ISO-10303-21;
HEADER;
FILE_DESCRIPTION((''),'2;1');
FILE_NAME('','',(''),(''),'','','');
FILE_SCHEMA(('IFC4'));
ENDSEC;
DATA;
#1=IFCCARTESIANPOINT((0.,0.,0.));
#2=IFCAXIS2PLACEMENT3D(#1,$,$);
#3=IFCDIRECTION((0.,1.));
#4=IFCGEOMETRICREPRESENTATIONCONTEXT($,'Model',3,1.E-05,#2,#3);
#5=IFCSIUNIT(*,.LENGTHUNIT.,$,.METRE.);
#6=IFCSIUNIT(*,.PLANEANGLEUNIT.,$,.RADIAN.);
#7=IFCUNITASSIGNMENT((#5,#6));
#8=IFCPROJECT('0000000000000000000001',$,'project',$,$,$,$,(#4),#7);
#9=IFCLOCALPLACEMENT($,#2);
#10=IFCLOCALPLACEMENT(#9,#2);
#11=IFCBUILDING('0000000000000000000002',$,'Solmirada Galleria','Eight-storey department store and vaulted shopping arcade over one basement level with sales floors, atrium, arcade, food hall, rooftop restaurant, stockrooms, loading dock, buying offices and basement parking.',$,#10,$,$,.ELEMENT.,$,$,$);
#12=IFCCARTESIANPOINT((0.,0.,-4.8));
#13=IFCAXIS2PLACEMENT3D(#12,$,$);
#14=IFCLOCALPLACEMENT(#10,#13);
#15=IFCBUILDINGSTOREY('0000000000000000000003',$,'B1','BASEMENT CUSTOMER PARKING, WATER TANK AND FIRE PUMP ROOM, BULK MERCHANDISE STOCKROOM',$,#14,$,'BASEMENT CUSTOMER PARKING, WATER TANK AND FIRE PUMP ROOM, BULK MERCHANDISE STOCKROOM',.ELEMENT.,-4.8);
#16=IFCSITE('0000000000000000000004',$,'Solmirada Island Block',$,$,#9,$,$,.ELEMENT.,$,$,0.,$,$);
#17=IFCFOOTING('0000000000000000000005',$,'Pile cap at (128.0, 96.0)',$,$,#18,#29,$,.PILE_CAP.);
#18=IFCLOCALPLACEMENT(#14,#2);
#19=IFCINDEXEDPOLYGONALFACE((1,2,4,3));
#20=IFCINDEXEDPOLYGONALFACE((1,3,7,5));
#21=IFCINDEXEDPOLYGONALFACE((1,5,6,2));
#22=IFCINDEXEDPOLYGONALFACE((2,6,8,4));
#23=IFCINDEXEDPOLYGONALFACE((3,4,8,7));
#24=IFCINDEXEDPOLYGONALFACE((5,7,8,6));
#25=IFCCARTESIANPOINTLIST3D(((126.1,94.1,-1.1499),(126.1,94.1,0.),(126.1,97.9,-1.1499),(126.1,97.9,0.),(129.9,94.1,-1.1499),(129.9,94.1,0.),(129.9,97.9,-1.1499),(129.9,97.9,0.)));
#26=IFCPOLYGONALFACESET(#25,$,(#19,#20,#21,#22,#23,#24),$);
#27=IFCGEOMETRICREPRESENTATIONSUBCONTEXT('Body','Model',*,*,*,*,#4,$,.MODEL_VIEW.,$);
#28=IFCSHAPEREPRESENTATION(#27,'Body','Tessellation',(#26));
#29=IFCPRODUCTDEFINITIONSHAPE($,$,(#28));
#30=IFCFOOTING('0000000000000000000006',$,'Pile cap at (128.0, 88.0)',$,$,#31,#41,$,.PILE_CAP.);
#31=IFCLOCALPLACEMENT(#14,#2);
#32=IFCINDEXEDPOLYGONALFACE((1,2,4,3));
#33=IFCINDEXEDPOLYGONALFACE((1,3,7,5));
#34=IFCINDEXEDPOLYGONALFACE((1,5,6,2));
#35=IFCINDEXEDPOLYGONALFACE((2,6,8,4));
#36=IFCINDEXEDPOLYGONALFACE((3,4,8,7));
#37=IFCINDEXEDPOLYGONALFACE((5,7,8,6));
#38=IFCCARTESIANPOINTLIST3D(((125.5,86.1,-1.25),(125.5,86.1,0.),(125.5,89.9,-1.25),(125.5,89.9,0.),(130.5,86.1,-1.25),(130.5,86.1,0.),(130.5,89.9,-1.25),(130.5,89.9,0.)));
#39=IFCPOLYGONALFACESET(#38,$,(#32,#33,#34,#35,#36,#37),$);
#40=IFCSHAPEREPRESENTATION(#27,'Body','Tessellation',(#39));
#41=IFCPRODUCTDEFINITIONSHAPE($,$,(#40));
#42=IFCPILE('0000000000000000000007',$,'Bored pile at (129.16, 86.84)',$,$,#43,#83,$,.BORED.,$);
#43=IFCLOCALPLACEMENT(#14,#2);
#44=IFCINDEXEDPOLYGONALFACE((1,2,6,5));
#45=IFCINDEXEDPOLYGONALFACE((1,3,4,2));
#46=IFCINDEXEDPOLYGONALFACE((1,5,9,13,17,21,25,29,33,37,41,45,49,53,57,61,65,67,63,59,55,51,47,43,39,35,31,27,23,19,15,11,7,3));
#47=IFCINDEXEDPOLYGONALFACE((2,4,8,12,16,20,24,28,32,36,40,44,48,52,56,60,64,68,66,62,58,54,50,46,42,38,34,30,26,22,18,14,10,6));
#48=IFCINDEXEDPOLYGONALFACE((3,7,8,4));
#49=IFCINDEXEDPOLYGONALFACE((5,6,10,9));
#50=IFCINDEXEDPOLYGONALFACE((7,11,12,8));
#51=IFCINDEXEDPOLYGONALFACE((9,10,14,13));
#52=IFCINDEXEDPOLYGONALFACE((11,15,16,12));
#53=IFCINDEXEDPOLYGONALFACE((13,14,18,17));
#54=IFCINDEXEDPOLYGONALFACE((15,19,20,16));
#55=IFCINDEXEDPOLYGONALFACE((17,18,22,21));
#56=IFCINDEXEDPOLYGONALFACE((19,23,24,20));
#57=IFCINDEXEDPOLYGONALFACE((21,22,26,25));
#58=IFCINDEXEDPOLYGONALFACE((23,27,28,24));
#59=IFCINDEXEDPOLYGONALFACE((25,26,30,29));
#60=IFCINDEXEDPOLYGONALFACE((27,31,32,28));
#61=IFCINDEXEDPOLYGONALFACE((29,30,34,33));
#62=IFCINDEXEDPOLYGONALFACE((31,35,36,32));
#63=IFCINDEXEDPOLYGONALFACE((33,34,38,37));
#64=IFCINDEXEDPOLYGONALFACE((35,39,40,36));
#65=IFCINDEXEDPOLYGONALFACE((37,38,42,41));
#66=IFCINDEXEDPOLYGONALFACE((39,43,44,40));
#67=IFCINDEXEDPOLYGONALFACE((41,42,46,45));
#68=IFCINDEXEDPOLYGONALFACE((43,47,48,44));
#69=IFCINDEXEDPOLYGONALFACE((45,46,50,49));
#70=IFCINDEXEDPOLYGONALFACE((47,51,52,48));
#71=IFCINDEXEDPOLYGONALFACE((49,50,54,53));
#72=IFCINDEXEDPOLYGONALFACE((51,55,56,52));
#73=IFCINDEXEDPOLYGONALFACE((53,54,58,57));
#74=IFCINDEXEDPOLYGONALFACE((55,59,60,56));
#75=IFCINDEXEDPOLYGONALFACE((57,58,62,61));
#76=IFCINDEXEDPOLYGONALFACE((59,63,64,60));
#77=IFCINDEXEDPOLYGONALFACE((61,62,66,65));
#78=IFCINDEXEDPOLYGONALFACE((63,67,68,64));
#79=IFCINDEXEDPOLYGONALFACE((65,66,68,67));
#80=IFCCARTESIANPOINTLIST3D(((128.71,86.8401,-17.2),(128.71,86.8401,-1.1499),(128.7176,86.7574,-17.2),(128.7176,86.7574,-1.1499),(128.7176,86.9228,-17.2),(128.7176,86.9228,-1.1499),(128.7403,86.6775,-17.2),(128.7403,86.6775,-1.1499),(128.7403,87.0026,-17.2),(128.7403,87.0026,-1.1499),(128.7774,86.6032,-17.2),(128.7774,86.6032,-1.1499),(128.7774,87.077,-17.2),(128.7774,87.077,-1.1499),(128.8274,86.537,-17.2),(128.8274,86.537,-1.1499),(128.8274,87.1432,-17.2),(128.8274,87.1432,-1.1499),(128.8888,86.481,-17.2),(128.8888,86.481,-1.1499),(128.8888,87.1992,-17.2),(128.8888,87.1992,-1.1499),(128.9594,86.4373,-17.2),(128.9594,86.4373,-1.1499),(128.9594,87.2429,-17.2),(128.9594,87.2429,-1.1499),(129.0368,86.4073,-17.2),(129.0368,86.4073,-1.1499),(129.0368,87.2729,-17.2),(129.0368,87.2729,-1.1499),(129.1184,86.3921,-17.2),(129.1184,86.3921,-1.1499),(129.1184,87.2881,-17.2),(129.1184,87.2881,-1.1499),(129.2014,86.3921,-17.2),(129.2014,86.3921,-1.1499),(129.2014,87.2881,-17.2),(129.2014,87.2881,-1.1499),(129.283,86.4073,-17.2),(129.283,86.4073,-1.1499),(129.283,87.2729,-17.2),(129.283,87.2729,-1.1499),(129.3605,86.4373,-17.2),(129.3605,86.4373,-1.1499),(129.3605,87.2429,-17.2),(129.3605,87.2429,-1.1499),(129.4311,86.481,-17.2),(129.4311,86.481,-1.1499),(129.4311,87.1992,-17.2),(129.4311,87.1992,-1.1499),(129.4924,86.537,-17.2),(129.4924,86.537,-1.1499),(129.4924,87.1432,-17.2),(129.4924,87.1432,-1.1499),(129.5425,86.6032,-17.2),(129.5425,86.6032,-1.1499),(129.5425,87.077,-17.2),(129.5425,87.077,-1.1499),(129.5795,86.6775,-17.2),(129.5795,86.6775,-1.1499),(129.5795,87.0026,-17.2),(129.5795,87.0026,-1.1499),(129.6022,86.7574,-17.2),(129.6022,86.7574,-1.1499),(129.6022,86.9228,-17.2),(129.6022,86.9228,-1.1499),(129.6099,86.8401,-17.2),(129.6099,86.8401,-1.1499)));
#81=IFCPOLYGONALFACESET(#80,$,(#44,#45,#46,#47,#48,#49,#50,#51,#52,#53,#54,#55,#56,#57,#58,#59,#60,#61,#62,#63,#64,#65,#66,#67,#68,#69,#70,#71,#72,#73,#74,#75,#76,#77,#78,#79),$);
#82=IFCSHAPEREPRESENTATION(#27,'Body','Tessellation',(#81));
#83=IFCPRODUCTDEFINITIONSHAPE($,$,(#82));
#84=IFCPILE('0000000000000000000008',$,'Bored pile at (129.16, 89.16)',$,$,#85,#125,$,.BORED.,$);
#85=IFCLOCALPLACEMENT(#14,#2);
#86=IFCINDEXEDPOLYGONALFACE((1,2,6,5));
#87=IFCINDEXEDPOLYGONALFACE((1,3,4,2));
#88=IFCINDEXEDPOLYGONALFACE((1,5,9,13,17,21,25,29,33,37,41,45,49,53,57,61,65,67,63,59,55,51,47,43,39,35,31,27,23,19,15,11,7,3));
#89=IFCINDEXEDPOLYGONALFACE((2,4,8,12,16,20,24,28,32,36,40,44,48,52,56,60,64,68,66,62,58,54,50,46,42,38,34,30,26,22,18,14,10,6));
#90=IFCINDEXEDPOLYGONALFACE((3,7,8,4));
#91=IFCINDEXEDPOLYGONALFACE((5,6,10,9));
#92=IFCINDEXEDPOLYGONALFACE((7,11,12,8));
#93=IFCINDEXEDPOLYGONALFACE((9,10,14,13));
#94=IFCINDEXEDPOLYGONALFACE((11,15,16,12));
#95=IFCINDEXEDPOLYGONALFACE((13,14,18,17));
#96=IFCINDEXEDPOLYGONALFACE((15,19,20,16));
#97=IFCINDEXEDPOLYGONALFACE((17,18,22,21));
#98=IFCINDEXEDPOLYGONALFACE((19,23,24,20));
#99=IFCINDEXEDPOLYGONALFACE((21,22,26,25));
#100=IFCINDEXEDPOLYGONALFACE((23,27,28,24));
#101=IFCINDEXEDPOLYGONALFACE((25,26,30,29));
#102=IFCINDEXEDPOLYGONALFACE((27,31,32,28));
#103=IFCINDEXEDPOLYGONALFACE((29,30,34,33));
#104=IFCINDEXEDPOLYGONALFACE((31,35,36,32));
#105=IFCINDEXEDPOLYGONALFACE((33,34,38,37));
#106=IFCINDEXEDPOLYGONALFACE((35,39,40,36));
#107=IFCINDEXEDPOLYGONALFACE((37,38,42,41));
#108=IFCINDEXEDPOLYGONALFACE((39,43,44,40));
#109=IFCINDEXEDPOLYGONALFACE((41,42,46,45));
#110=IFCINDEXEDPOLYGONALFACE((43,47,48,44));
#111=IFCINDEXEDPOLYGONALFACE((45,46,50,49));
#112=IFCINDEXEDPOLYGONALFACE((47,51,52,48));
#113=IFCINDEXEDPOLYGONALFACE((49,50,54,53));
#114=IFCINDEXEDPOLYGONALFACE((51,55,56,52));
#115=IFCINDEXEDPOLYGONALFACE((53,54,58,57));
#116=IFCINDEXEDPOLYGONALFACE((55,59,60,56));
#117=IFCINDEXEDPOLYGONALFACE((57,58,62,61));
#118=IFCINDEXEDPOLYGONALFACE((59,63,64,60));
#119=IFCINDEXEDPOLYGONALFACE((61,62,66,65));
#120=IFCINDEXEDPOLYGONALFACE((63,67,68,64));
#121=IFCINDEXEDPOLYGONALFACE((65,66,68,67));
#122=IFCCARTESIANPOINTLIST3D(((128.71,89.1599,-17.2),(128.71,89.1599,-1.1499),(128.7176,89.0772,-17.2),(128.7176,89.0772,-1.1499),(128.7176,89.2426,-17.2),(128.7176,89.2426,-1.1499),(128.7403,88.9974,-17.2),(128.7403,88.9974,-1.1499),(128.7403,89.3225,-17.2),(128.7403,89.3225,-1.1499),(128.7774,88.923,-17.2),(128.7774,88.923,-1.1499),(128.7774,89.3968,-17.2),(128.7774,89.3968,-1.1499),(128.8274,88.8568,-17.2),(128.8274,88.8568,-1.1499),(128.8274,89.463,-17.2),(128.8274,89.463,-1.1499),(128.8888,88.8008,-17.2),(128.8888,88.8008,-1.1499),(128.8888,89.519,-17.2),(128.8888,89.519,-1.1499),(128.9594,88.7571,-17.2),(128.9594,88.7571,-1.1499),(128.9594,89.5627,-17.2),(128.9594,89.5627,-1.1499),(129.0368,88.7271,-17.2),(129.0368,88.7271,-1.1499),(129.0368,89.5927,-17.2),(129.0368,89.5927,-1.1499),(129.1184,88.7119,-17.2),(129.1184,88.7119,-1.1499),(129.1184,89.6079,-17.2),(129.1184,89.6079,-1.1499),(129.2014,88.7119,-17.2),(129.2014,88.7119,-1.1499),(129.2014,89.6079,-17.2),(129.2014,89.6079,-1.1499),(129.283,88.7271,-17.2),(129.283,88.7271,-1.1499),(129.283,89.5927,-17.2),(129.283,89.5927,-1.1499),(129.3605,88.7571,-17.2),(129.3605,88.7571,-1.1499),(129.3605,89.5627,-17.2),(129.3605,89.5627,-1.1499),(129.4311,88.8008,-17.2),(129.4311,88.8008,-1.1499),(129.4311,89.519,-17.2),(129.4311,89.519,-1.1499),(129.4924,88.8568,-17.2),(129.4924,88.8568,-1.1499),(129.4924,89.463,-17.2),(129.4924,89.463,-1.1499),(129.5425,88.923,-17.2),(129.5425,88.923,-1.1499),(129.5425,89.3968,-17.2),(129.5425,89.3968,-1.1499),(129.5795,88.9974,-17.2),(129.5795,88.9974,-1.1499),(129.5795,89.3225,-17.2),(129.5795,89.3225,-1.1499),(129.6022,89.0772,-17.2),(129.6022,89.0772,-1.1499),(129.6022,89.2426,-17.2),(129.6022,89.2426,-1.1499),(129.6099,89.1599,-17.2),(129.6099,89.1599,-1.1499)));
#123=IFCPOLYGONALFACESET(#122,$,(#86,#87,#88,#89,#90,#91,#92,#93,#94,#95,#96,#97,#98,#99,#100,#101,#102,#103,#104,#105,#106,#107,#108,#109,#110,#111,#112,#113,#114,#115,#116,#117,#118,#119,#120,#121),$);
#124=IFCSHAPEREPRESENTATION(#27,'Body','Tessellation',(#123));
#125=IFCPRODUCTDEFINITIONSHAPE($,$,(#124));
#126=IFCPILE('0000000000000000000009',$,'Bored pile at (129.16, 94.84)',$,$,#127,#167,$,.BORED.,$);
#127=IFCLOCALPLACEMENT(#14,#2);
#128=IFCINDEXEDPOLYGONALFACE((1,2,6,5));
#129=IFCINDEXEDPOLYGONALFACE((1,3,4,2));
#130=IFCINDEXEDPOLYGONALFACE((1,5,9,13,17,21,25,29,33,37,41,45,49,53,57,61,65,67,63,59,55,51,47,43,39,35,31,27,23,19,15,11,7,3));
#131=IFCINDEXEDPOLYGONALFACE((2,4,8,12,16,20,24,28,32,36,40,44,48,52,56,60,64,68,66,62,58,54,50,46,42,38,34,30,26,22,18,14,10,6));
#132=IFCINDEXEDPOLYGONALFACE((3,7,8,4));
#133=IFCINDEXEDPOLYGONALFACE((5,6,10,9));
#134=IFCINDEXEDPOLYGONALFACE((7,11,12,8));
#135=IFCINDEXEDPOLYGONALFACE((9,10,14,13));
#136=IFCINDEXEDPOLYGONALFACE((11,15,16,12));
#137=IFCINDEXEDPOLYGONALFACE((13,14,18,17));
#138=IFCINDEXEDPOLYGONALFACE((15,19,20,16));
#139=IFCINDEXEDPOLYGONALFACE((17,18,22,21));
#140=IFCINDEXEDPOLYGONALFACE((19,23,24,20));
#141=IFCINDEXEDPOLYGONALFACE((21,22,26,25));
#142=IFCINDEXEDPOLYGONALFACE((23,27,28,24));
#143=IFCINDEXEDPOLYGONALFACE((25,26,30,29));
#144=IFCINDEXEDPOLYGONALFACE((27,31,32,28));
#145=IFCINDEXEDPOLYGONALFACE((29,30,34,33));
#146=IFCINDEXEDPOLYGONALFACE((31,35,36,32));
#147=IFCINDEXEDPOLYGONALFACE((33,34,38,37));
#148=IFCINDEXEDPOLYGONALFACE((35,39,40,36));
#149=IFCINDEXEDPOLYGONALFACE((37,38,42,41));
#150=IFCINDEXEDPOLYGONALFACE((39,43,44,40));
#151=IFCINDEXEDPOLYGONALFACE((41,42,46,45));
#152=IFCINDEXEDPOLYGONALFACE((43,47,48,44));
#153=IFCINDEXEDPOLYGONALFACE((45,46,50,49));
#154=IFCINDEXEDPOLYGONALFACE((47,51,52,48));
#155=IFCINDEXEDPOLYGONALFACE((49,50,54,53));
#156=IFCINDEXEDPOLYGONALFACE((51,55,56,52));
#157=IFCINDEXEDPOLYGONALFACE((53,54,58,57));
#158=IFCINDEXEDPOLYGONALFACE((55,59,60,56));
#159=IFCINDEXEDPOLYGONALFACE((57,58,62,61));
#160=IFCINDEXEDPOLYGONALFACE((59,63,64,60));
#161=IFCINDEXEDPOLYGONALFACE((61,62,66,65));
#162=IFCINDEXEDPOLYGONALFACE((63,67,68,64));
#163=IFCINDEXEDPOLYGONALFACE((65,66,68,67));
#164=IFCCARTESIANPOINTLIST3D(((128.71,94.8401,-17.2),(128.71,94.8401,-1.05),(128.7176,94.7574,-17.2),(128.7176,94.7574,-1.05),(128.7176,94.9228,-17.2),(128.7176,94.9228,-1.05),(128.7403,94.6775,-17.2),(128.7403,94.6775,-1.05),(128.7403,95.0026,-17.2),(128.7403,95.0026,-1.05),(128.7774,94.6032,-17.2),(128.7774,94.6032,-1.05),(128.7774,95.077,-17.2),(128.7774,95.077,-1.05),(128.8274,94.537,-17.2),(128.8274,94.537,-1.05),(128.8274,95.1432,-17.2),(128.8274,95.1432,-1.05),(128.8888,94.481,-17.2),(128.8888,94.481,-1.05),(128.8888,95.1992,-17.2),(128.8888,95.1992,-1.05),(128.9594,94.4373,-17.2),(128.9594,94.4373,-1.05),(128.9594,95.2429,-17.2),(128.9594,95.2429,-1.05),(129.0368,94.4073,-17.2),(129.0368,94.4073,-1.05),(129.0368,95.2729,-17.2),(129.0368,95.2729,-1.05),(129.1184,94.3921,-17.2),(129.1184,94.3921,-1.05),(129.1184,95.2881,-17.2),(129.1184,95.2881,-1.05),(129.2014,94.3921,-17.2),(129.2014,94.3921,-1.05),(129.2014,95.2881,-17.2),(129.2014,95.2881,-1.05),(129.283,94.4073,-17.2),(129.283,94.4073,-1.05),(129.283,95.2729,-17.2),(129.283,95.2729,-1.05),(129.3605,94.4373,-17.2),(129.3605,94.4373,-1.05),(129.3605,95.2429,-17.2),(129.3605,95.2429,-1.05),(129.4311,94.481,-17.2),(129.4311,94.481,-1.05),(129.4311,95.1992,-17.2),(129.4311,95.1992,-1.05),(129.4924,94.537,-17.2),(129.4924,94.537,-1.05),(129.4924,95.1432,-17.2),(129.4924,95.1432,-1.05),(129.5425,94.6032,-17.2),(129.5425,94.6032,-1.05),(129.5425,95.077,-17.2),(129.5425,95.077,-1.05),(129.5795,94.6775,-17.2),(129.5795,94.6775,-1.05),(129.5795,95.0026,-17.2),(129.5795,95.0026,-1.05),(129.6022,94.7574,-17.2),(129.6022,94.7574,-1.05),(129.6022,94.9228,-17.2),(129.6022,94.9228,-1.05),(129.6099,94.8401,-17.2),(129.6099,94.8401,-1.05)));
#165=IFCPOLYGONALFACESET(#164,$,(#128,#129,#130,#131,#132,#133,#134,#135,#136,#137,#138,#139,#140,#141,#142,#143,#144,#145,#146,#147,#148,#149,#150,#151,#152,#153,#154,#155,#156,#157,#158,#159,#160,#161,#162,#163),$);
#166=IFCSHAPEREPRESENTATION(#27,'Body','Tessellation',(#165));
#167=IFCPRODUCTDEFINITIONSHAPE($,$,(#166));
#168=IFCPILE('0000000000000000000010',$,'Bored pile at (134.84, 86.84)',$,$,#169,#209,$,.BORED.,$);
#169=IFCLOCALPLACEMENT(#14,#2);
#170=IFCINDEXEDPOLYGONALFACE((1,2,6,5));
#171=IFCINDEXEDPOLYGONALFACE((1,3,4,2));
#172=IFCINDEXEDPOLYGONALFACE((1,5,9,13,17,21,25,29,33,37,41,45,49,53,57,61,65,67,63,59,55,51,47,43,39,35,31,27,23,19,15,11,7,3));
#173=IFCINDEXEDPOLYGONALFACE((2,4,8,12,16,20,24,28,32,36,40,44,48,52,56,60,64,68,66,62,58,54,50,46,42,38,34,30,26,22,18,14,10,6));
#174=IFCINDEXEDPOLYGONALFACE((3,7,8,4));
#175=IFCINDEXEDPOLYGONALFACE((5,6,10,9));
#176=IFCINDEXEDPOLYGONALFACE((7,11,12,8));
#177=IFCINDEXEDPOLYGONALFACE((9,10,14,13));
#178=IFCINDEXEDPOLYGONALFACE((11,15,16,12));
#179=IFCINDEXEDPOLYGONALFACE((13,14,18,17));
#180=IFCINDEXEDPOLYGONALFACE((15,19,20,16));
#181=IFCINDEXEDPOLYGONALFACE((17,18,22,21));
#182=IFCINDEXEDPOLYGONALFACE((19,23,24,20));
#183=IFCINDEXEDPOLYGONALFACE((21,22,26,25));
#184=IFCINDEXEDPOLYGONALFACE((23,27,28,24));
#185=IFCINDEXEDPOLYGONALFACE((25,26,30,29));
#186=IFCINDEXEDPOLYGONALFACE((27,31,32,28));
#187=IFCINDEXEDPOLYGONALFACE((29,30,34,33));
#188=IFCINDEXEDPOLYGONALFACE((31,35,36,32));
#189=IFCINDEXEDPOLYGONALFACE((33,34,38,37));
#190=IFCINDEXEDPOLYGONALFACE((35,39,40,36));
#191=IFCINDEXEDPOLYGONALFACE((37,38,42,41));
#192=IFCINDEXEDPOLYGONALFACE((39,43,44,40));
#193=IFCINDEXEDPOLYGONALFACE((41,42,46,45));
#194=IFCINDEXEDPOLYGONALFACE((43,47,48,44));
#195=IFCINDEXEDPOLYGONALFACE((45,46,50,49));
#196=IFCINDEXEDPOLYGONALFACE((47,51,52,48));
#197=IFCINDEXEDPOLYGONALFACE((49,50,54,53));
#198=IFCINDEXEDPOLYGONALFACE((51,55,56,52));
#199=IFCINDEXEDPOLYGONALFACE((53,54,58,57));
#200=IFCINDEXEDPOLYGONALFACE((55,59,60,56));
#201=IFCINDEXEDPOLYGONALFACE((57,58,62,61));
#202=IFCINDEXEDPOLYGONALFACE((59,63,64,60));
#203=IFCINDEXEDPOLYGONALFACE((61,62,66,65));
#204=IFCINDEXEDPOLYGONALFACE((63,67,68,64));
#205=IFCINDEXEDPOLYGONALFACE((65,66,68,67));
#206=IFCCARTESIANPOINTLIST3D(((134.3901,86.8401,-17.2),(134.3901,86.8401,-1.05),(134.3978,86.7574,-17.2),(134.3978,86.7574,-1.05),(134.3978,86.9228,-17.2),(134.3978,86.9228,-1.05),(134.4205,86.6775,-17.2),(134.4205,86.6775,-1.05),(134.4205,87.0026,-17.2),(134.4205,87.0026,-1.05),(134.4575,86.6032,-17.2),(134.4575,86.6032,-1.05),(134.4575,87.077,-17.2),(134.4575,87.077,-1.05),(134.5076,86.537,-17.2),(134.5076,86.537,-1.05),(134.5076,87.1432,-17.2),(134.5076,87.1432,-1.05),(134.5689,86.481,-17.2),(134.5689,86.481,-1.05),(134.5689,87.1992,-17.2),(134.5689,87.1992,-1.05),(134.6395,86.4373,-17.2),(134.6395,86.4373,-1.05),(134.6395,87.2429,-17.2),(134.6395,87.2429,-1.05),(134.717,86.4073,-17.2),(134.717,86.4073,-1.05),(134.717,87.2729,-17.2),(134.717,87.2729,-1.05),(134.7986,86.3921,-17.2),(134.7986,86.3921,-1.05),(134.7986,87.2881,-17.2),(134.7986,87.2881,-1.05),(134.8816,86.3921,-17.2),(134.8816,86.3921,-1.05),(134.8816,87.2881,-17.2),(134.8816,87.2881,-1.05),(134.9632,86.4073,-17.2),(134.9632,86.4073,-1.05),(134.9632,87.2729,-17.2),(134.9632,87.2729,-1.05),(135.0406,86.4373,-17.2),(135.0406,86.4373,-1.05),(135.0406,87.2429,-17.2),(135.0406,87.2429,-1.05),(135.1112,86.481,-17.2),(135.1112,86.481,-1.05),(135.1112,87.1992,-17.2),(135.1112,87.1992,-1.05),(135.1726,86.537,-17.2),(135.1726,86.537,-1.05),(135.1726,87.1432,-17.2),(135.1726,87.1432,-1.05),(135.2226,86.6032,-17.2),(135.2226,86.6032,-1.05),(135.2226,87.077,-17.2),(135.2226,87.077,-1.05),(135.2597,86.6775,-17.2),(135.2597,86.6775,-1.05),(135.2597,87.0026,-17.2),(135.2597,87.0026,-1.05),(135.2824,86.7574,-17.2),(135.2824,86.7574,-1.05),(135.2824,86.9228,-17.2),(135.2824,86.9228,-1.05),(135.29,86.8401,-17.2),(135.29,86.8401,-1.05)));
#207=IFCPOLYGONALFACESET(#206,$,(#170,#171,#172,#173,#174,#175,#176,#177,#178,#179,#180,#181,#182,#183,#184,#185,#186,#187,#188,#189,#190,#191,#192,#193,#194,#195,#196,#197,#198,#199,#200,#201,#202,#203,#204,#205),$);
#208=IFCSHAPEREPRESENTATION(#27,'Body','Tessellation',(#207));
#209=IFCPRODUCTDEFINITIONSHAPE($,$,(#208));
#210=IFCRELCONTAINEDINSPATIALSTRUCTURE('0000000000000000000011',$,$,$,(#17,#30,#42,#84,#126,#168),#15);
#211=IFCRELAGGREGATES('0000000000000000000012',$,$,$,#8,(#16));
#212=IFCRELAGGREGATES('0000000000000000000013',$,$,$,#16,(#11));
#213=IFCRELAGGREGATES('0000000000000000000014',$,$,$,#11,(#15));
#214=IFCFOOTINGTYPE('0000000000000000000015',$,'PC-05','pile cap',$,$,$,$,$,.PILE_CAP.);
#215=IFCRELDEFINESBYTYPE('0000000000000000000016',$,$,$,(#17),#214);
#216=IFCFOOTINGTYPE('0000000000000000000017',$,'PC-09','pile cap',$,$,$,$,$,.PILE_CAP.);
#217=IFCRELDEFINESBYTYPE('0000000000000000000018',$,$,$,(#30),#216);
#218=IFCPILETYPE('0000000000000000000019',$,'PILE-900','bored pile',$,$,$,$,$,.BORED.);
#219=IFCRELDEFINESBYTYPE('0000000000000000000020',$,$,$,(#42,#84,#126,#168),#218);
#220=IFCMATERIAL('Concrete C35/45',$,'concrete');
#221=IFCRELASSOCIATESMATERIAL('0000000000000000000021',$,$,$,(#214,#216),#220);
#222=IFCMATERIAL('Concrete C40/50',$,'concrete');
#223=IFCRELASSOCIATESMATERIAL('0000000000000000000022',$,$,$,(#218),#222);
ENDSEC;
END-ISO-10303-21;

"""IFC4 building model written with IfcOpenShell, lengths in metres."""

from ifc_helpers import new_model, si_unit, direction, frame, origin, origin_2d, place, context, subcontext, project, spatial, rectangle, circle, extrude, material, material_profile, profile_set, type_object, element, save


model = new_model("IFC4")

# Units and contexts
model_context = context("Model", 3, precision=1e-05, world=origin(), true_north=direction((0.0, 1.0)))
body_context = subcontext(model_context, "Body", "Model", "MODEL_VIEW")
ifc_project = project(units=[si_unit("LENGTHUNIT", "METRE"), si_unit("PLANEANGLEUNIT", "RADIAN")], contexts=[model_context])

# Site, building, storey
site_placement = place(None, origin())
site = spatial("IfcSite", under=ifc_project, at=site_placement, Name="Solmirada Island Block", CompositionType="ELEMENT", RefElevation=0.0)
building_placement = place(site_placement, origin())
building = spatial("IfcBuilding", under=site, at=building_placement, Name="Solmirada Galleria", Description="Eight-storey department store and vaulted shopping arcade over one basement level with sales floors, atrium, arcade, food hall, rooftop restaurant, stockrooms, loading dock, buying offices and basement parking.", CompositionType="ELEMENT")
storey_placement = place(building_placement, frame((0.0, 0.0, -4.8)))
storey = spatial("IfcBuildingStorey", under=building, at=storey_placement, Name="B1", Description="BASEMENT CUSTOMER PARKING, WATER TANK AND FIRE PUMP ROOM, BULK MERCHANDISE STOCKROOM", LongName="BASEMENT CUSTOMER PARKING, WATER TANK AND FIRE PUMP ROOM, BULK MERCHANDISE STOCKROOM", CompositionType="ELEMENT", Elevation=-4.8)

# Footings
ifc_material_1 = material(Name="Concrete C35/45", Category="concrete")
footing_type_1 = type_object("IfcFootingType", Name="PC-05", Description="pile cap", PredefinedType="PILE_CAP", material=ifc_material_1)
footing_1_placement = place(storey_placement, frame((128.0, 96.0, -1.1499), z_axis=(0.0, 0.0, 1.0), x_axis=(1.0, 0.0, 0.0)))
element("IfcFooting", 1, at=footing_1_placement, inside=storey, type_object=footing_type_1, Name="Pile cap at (128.0, 96.0)", PredefinedType="PILE_CAP", context=body_context, shape_type="SweptSolid", body=[
    extrude(rectangle(XDim=3.8, YDim=3.8, at=origin_2d()), origin(), (0.0, 0.0, 1.0), 1.1499),
])
footing_type_2 = type_object("IfcFootingType", Name="PC-09", Description="pile cap", PredefinedType="PILE_CAP", material=ifc_material_1)
footing_2_placement = place(storey_placement, frame((128.0, 88.0, -1.25), z_axis=(0.0, 0.0, 1.0), x_axis=(1.0, 0.0, 0.0)))
element("IfcFooting", 2, at=footing_2_placement, inside=storey, type_object=footing_type_2, Name="Pile cap at (128.0, 88.0)", PredefinedType="PILE_CAP", context=body_context, shape_type="SweptSolid", body=[
    extrude(rectangle(XDim=5.0, YDim=3.8, at=origin_2d()), origin(), (0.0, 0.0, 1.0), 1.25),
])

# Piles
ifc_material_2 = material(Name="Concrete C40/50", Category="concrete")
ifc_material_profile_1 = material_profile(ifc_material_2, circle(Radius=0.45, at=origin_2d()), Name="PILE900")
ifc_profile_set_1 = profile_set([ifc_material_profile_1], Name="Concrete C40/50")
pile_type = type_object("IfcPileType", Name="PILE-900", Description="bored pile", PredefinedType="BORED", material=ifc_profile_set_1)
for number, where, z_axis, x_axis, name in (
    (3, (129.1599, 86.8401, -1.1499), (0.0, 0.0, -1.0), (1.0, 0.0, 0.0), "Bored pile at (129.16, 86.84)"),
    (4, (129.1599, 89.1599, -1.1499), (0.0, 0.0, -1.0), (1.0, 0.0, 0.0), "Bored pile at (129.16, 89.16)"),
):
    element("IfcPile", number, at=place(storey_placement, frame(where, z_axis=z_axis, x_axis=x_axis)), inside=storey, type_object=pile_type, Name=name, PredefinedType="BORED", context=body_context, shape_type="SweptSolid", body=[
        extrude(circle(Radius=0.45, at=origin_2d()), origin(), (0.0, 0.0, 1.0), 16.05),
    ])
for number, where, z_axis, x_axis, name in (
    (5, (129.1599, 94.8401, -1.05), (0.0, 0.0, -1.0), (1.0, 0.0, 0.0), "Bored pile at (129.16, 94.84)"),
    (6, (134.8401, 86.8401, -1.05), (0.0, 0.0, -1.0), (1.0, 0.0, 0.0), "Bored pile at (134.84, 86.84)"),
):
    element("IfcPile", number, at=place(storey_placement, frame(where, z_axis=z_axis, x_axis=x_axis)), inside=storey, type_object=pile_type, Name=name, PredefinedType="BORED", context=body_context, shape_type="SweptSolid", body=[
        extrude(circle(Radius=0.45, at=origin_2d()), origin(), (0.0, 0.0, 1.0), 16.1499),
    ])

save(model, "model.ifc")
